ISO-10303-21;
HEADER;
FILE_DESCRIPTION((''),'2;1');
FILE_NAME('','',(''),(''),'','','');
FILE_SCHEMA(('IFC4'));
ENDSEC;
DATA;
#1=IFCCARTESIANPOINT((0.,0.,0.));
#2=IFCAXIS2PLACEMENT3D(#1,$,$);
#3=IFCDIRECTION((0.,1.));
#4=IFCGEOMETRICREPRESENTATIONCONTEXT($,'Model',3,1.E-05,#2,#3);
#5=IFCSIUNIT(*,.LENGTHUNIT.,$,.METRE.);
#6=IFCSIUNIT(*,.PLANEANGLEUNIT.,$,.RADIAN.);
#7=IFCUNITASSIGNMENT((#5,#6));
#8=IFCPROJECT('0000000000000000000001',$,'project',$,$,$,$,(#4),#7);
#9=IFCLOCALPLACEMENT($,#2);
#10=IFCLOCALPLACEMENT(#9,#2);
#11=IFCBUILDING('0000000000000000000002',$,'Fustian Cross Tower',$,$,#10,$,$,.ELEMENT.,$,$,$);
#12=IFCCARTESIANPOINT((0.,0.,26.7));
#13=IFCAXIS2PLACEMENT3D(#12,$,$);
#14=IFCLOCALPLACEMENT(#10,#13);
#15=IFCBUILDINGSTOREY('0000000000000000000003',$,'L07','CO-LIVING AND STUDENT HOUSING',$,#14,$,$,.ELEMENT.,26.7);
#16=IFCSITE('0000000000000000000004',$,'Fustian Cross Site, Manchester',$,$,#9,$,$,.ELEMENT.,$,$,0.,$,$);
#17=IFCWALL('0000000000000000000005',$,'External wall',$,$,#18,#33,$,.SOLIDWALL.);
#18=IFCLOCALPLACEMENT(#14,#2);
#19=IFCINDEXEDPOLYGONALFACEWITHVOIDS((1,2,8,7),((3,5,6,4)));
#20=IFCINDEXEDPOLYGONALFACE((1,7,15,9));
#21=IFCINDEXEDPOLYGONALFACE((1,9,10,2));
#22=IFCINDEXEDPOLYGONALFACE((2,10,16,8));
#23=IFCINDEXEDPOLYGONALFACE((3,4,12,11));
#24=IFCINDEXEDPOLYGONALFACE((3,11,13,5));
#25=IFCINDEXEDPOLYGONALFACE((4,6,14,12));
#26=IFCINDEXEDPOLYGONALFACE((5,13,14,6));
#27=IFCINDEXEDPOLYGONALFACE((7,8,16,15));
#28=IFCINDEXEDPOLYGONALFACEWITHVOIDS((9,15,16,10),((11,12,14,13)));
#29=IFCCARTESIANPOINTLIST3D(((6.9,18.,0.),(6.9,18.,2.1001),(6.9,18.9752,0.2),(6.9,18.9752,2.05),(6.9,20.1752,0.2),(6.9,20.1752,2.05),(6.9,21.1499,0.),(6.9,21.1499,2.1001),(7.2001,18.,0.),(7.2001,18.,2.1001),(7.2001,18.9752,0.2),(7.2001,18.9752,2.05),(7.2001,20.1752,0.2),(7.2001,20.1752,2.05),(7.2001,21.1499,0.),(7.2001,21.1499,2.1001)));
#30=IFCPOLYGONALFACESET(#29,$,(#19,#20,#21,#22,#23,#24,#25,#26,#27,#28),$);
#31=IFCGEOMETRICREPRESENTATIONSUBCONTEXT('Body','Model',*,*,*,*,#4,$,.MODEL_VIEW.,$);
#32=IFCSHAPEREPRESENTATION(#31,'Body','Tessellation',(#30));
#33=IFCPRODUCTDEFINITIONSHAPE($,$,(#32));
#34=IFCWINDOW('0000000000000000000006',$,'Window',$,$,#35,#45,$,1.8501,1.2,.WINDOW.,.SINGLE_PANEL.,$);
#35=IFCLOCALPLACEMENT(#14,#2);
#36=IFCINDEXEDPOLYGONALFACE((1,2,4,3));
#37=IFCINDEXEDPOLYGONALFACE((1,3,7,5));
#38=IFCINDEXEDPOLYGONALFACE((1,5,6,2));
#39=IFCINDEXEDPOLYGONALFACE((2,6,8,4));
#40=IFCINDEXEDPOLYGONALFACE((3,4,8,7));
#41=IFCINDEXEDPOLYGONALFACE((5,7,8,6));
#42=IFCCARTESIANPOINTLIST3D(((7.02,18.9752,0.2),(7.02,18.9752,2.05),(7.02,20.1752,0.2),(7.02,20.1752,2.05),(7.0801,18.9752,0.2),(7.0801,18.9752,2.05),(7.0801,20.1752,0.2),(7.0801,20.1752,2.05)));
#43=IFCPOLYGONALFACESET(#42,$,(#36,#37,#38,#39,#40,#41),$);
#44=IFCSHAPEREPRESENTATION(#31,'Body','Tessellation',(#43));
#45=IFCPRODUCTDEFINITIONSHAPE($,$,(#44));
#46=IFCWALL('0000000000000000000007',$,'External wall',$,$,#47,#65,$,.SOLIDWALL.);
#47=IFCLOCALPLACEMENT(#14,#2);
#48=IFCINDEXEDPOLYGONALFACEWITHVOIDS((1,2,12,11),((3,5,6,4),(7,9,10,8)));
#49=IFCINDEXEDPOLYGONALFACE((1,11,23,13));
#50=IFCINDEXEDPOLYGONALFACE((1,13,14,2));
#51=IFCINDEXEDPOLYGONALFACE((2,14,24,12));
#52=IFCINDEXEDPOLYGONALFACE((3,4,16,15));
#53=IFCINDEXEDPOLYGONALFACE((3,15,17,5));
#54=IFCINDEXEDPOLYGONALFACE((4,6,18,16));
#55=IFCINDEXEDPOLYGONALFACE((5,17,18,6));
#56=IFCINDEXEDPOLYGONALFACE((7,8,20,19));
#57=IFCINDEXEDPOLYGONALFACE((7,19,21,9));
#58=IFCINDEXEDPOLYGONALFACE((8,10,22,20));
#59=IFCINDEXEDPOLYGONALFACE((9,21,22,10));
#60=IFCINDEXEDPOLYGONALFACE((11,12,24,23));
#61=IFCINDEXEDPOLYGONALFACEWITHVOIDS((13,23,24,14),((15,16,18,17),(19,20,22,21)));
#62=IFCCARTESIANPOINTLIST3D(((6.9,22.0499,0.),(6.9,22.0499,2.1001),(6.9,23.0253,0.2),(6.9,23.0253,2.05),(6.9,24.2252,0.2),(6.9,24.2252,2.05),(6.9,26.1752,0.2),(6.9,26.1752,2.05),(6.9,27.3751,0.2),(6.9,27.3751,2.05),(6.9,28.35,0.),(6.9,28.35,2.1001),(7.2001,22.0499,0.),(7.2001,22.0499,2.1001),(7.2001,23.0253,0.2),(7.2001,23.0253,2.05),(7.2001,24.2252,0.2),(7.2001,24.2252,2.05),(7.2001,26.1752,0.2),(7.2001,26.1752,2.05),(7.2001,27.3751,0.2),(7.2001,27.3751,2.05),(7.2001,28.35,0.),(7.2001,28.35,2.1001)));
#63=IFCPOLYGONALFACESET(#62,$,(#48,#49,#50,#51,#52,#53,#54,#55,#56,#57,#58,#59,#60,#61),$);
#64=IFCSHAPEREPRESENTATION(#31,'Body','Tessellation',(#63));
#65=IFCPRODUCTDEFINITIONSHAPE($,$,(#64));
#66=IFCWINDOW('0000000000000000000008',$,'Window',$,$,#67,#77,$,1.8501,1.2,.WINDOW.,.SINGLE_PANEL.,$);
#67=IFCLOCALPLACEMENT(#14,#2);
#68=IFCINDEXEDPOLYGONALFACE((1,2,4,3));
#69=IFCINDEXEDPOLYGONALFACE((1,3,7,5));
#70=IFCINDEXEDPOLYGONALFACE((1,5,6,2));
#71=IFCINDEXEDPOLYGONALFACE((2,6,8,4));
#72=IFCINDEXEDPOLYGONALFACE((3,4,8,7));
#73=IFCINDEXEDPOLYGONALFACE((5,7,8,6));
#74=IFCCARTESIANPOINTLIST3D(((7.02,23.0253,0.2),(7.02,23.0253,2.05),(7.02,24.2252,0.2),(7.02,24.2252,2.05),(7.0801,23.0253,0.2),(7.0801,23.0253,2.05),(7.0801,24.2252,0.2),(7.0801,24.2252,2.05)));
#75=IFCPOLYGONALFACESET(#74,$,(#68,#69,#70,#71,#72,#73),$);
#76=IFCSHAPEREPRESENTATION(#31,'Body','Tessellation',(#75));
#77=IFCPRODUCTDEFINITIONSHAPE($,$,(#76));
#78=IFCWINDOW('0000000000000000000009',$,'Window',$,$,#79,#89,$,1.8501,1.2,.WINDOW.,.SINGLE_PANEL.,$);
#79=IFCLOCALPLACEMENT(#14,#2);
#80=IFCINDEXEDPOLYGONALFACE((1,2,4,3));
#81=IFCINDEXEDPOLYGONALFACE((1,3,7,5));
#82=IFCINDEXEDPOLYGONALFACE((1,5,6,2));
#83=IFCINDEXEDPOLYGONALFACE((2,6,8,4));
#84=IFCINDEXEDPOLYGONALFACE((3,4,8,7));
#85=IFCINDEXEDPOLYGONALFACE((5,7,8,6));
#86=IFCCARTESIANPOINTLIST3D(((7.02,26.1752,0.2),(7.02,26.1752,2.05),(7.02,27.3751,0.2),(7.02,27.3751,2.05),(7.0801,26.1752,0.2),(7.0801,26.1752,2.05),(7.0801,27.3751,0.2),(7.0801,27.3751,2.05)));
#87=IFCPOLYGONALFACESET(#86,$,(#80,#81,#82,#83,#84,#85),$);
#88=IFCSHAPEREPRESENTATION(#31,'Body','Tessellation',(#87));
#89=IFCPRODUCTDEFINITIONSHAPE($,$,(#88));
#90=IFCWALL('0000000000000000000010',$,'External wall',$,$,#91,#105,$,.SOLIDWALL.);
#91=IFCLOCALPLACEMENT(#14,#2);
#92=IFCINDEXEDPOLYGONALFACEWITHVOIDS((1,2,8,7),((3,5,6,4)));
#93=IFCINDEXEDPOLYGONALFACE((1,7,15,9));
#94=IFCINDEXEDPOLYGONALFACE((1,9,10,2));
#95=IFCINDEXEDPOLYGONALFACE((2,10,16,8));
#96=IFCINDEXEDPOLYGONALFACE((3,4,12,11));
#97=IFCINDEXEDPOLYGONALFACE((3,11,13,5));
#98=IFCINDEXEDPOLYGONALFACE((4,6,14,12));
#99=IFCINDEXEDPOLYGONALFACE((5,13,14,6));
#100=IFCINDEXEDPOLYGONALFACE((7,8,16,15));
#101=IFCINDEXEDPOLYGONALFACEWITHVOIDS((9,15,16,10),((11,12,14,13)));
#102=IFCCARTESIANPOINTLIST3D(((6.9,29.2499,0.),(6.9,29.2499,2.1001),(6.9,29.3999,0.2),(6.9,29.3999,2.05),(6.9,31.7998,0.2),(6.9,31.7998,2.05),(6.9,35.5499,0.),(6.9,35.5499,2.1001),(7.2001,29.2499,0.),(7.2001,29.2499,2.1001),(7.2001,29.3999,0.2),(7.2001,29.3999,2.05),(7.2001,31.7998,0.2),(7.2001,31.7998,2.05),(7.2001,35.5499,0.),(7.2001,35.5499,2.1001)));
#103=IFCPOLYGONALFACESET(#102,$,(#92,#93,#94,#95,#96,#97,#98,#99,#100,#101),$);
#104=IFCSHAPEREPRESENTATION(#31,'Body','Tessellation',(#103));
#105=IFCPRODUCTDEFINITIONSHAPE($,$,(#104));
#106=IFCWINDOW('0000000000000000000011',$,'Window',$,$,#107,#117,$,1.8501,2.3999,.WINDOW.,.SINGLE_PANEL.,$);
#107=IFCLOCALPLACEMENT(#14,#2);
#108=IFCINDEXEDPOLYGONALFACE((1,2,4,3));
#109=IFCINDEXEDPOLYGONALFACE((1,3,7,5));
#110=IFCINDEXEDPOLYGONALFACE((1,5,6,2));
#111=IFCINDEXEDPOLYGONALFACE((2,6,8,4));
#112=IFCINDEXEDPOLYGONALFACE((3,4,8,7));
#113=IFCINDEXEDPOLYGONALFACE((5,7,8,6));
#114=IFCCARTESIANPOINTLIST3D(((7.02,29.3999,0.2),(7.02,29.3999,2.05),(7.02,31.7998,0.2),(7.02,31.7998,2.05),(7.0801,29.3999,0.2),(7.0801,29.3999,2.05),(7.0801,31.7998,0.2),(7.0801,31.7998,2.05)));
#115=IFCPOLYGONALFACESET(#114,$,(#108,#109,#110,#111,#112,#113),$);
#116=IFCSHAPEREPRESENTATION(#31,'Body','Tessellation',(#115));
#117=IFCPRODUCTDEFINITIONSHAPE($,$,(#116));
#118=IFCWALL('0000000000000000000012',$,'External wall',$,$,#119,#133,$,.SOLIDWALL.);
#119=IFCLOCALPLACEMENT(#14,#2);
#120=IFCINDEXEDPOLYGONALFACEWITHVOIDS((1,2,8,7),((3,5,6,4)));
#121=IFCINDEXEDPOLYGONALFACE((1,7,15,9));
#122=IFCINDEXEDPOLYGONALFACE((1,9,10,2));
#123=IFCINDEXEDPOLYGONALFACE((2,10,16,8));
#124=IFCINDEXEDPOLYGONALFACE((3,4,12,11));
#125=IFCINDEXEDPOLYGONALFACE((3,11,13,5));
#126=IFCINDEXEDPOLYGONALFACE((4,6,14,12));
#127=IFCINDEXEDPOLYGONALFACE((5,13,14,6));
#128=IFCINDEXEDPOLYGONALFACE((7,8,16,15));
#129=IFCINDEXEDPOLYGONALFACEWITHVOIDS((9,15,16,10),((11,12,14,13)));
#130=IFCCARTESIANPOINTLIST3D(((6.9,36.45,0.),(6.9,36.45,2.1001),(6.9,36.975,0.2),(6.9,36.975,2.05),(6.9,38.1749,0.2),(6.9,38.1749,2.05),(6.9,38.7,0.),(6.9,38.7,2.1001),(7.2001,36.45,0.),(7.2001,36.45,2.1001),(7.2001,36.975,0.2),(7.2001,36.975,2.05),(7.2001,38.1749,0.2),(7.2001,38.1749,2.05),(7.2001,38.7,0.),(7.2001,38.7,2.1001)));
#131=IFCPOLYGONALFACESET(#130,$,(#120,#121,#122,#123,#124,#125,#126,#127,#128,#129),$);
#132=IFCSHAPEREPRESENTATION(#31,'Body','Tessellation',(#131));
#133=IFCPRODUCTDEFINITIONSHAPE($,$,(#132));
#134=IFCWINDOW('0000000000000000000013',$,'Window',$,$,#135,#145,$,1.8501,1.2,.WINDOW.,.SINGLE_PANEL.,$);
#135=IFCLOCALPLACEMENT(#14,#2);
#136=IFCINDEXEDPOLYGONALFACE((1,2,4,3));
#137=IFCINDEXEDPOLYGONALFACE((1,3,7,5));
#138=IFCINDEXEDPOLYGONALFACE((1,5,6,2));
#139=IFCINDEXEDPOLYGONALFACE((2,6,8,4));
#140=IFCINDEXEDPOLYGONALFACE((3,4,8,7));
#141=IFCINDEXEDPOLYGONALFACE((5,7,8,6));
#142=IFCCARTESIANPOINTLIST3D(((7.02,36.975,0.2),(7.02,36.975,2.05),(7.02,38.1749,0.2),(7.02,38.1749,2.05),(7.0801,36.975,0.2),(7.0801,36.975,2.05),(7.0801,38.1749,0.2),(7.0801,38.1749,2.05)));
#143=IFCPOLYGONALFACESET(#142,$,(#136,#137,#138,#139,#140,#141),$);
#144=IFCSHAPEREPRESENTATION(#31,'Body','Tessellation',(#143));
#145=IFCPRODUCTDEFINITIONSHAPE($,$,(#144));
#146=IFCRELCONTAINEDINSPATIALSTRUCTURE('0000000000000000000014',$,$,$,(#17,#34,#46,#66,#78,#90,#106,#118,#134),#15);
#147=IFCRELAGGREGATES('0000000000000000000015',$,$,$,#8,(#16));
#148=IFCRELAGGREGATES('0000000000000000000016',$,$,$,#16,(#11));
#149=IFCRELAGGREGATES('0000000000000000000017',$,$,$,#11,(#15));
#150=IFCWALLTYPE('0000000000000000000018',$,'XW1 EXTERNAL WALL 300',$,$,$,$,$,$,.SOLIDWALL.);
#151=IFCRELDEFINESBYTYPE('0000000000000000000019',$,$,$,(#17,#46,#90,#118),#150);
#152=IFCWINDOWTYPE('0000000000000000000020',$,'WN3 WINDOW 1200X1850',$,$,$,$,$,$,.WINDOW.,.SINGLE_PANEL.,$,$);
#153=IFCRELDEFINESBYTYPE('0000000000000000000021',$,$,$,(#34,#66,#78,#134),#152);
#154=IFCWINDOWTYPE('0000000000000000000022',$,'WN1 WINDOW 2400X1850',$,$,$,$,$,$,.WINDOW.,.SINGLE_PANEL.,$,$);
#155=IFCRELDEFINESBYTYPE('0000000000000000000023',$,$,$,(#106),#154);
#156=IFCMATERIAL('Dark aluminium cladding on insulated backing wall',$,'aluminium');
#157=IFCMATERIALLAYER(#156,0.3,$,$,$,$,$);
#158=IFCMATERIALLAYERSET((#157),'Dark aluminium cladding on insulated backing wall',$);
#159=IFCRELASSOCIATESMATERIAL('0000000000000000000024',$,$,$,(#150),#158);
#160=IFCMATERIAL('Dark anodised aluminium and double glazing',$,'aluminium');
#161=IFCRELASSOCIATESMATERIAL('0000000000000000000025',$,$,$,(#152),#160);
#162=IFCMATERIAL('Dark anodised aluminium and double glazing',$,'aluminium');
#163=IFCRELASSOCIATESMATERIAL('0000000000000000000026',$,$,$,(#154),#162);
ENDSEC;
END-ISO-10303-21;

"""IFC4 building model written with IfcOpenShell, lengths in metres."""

from ifc_helpers import new_model, si_unit, direction, frame, frame_2d, origin, place, context, subcontext, project, spatial, rectangle, extrude, material, layer, layer_set, type_object, element, fill, save


model = new_model("IFC4")

# Units and contexts
model_context = context("Model", 3, precision=1e-05, world=origin(), true_north=direction((0.0, 1.0)))
body_context = subcontext(model_context, "Body", "Model", "MODEL_VIEW")
ifc_project = project(units=[si_unit("LENGTHUNIT", "METRE"), si_unit("PLANEANGLEUNIT", "RADIAN")], contexts=[model_context])

# Site, building, storey
site_placement = place(None, origin())
site = spatial("IfcSite", under=ifc_project, at=site_placement, Name="Fustian Cross Site, Manchester", CompositionType="ELEMENT", RefElevation=0.0)
building_placement = place(site_placement, origin())
building = spatial("IfcBuilding", under=site, at=building_placement, Name="Fustian Cross Tower", CompositionType="ELEMENT")
storey_placement = place(building_placement, frame((0.0, 0.0, 26.7)))
storey = spatial("IfcBuildingStorey", under=building, at=storey_placement, Name="L07", Description="CO-LIVING AND STUDENT HOUSING", CompositionType="ELEMENT", Elevation=26.7)

# Shared definitions
ifc_material_1 = material(Name="Dark aluminium cladding on insulated backing wall", Category="aluminium")
ifc_layer = layer(ifc_material_1, 0.3)
ifc_layer_set = layer_set([ifc_layer], Name="Dark aluminium cladding on insulated backing wall")
wall_type = type_object("IfcWallType", Name="XW1 EXTERNAL WALL 300", PredefinedType="SOLIDWALL", material=ifc_layer_set)
ifc_material_2 = material(Name="Dark anodised aluminium and double glazing", Category="aluminium")
window_type_1 = type_object("IfcWindowType", Name="WN3 WINDOW 1200X1850", PartitioningType="SINGLE_PANEL", PredefinedType="WINDOW", material=ifc_material_2)
ifc_material_3 = material(Name="Dark anodised aluminium and double glazing", Category="aluminium")
window_type_2 = type_object("IfcWindowType", Name="WN1 WINDOW 2400X1850", PartitioningType="SINGLE_PANEL", PredefinedType="WINDOW", material=ifc_material_3)

# Wall, opening, window
wall_1_placement = place(storey_placement, frame((7.05, 18.0, 0.0), z_axis=(0.0, 0.0, 1.0), x_axis=(0.0, 1.0, 0.0)))
wall_1 = element("IfcWall", 1, at=wall_1_placement, inside=storey, type_object=wall_type, Name="External wall", PredefinedType="SOLIDWALL", context=body_context, shape_type="SweptSolid", body=[
    extrude(rectangle(XDim=3.1499, YDim=0.3, at=frame_2d((1.575, 0.0))), origin(), (0.0, 0.0, 1.0), 2.1001),
])
opening_1_placement = place(wall_1_placement, frame((0.9751, 0.0, 0.2)))
opening_1 = element("IfcOpeningElement", 2, at=opening_1_placement, cuts=wall_1, PredefinedType="OPENING", context=body_context, shape_type="SweptSolid", body=[
    extrude(rectangle(XDim=1.2, YDim=1.8501, at=frame_2d((0.6001, 0.925))), frame((0.0, 0.1599, 0.0), z_axis=(0.0, -1.0, 0.0), x_axis=(1.0, 0.0, 0.0)), (0.0, 0.0, 1.0), 0.3201),
])
window_1_placement = place(opening_1_placement, origin())
window_1 = element("IfcWindow", 3, at=window_1_placement, inside=storey, type_object=window_type_1, Name="Window", OverallHeight=1.8501, OverallWidth=1.2, PartitioningType="SINGLE_PANEL", PredefinedType="WINDOW", context=body_context, shape_type="SweptSolid", body=[
    extrude(rectangle(XDim=1.2, YDim=1.8501, at=frame_2d((0.6001, 0.925))), frame((0.0, 0.03, 0.0), z_axis=(0.0, -1.0, 0.0), x_axis=(1.0, 0.0, 0.0)), (0.0, 0.0, 1.0), 0.0601),
])
fill(opening_1, window_1)

# Wall, openings, windows
wall_2_placement = place(storey_placement, frame((7.05, 22.05, 0.0), z_axis=(0.0, 0.0, 1.0), x_axis=(0.0, 1.0, 0.0)))
wall_2 = element("IfcWall", 4, at=wall_2_placement, inside=storey, type_object=wall_type, Name="External wall", PredefinedType="SOLIDWALL", context=body_context, shape_type="SweptSolid", body=[
    extrude(rectangle(XDim=6.3, YDim=0.3, at=frame_2d((3.1499, 0.0))), origin(), (0.0, 0.0, 1.0), 2.1001),
])
opening_2_placement = place(wall_2_placement, frame((0.9751, 0.0, 0.2)))
opening_2 = element("IfcOpeningElement", 5, at=opening_2_placement, cuts=wall_2, PredefinedType="OPENING", context=body_context, shape_type="SweptSolid", body=[
    extrude(rectangle(XDim=1.2, YDim=1.8501, at=frame_2d((0.6001, 0.925))), frame((0.0, 0.1599, 0.0), z_axis=(0.0, -1.0, 0.0), x_axis=(1.0, 0.0, 0.0)), (0.0, 0.0, 1.0), 0.3201),
])
opening_3_placement = place(wall_2_placement, frame((4.125, 0.0, 0.2)))
opening_3 = element("IfcOpeningElement", 6, at=opening_3_placement, cuts=wall_2, PredefinedType="OPENING", context=body_context, shape_type="SweptSolid", body=[
    extrude(rectangle(XDim=1.2, YDim=1.8501, at=frame_2d((0.6001, 0.925))), frame((0.0, 0.1599, 0.0), z_axis=(0.0, -1.0, 0.0), x_axis=(1.0, 0.0, 0.0)), (0.0, 0.0, 1.0), 0.3201),
])
window_2_placement = place(opening_2_placement, origin())
window_2 = element("IfcWindow", 7, at=window_2_placement, inside=storey, type_object=window_type_1, Name="Window", OverallHeight=1.8501, OverallWidth=1.2, PartitioningType="SINGLE_PANEL", PredefinedType="WINDOW", context=body_context, shape_type="SweptSolid", body=[
    extrude(rectangle(XDim=1.2, YDim=1.8501, at=frame_2d((0.6001, 0.925))), frame((0.0, 0.03, 0.0), z_axis=(0.0, -1.0, 0.0), x_axis=(1.0, 0.0, 0.0)), (0.0, 0.0, 1.0), 0.0601),
])
fill(opening_2, window_2)
window_3_placement = place(opening_3_placement, origin())
window_3 = element("IfcWindow", 8, at=window_3_placement, inside=storey, type_object=window_type_1, Name="Window", OverallHeight=1.8501, OverallWidth=1.2, PartitioningType="SINGLE_PANEL", PredefinedType="WINDOW", context=body_context, shape_type="SweptSolid", body=[
    extrude(rectangle(XDim=1.2, YDim=1.8501, at=frame_2d((0.6001, 0.925))), frame((0.0, 0.03, 0.0), z_axis=(0.0, -1.0, 0.0), x_axis=(1.0, 0.0, 0.0)), (0.0, 0.0, 1.0), 0.0601),
])
fill(opening_3, window_3)

# Walls, openings, windows
wall_3_placement = place(storey_placement, frame((7.05, 29.25, 0.0), z_axis=(0.0, 0.0, 1.0), x_axis=(0.0, 1.0, 0.0)))
wall_3 = element("IfcWall", 9, at=wall_3_placement, inside=storey, type_object=wall_type, Name="External wall", PredefinedType="SOLIDWALL", context=body_context, shape_type="SweptSolid", body=[
    extrude(rectangle(XDim=6.3, YDim=0.3, at=frame_2d((3.1499, 0.0))), origin(), (0.0, 0.0, 1.0), 2.1001),
])
opening_4_placement = place(wall_3_placement, frame((0.1499, 0.0, 0.2)))
opening_4 = element("IfcOpeningElement", 10, at=opening_4_placement, cuts=wall_3, PredefinedType="OPENING", context=body_context, shape_type="SweptSolid", body=[
    extrude(rectangle(XDim=2.3999, YDim=1.8501, at=frame_2d((1.2, 0.925))), frame((0.0, 0.1599, 0.0), z_axis=(0.0, -1.0, 0.0), x_axis=(1.0, 0.0, 0.0)), (0.0, 0.0, 1.0), 0.3201),
])
window_4_placement = place(opening_4_placement, origin())
window_4 = element("IfcWindow", 11, at=window_4_placement, inside=storey, type_object=window_type_2, Name="Window", OverallHeight=1.8501, OverallWidth=2.3999, PartitioningType="SINGLE_PANEL", PredefinedType="WINDOW", context=body_context, shape_type="SweptSolid", body=[
    extrude(rectangle(XDim=2.3999, YDim=1.8501, at=frame_2d((1.2, 0.925))), frame((0.0, 0.03, 0.0), z_axis=(0.0, -1.0, 0.0), x_axis=(1.0, 0.0, 0.0)), (0.0, 0.0, 1.0), 0.0601),
])
fill(opening_4, window_4)
wall_4_placement = place(storey_placement, frame((7.05, 36.45, 0.0), z_axis=(0.0, 0.0, 1.0), x_axis=(0.0, 1.0, 0.0)))
wall_4 = element("IfcWall", 12, at=wall_4_placement, inside=storey, type_object=wall_type, Name="External wall", PredefinedType="SOLIDWALL", context=body_context, shape_type="SweptSolid", body=[
    extrude(rectangle(XDim=2.25, YDim=0.3, at=frame_2d((1.125, 0.0))), origin(), (0.0, 0.0, 1.0), 2.1001),
])
opening_5_placement = place(wall_4_placement, frame((0.5249, 0.0, 0.2)))
opening_5 = element("IfcOpeningElement", 13, at=opening_5_placement, cuts=wall_4, PredefinedType="OPENING", context=body_context, shape_type="SweptSolid", body=[
    extrude(rectangle(XDim=1.2, YDim=1.8501, at=frame_2d((0.6001, 0.925))), frame((0.0, 0.1599, 0.0), z_axis=(0.0, -1.0, 0.0), x_axis=(1.0, 0.0, 0.0)), (0.0, 0.0, 1.0), 0.3201),
])
window_5_placement = place(opening_5_placement, origin())
window_5 = element("IfcWindow", 14, at=window_5_placement, inside=storey, type_object=window_type_1, Name="Window", OverallHeight=1.8501, OverallWidth=1.2, PartitioningType="SINGLE_PANEL", PredefinedType="WINDOW", context=body_context, shape_type="SweptSolid", body=[
    extrude(rectangle(XDim=1.2, YDim=1.8501, at=frame_2d((0.6001, 0.925))), frame((0.0, 0.03, 0.0), z_axis=(0.0, -1.0, 0.0), x_axis=(1.0, 0.0, 0.0)), (0.0, 0.0, 1.0), 0.0601),
])
fill(opening_5, window_5)

save(model, "model.ifc")
